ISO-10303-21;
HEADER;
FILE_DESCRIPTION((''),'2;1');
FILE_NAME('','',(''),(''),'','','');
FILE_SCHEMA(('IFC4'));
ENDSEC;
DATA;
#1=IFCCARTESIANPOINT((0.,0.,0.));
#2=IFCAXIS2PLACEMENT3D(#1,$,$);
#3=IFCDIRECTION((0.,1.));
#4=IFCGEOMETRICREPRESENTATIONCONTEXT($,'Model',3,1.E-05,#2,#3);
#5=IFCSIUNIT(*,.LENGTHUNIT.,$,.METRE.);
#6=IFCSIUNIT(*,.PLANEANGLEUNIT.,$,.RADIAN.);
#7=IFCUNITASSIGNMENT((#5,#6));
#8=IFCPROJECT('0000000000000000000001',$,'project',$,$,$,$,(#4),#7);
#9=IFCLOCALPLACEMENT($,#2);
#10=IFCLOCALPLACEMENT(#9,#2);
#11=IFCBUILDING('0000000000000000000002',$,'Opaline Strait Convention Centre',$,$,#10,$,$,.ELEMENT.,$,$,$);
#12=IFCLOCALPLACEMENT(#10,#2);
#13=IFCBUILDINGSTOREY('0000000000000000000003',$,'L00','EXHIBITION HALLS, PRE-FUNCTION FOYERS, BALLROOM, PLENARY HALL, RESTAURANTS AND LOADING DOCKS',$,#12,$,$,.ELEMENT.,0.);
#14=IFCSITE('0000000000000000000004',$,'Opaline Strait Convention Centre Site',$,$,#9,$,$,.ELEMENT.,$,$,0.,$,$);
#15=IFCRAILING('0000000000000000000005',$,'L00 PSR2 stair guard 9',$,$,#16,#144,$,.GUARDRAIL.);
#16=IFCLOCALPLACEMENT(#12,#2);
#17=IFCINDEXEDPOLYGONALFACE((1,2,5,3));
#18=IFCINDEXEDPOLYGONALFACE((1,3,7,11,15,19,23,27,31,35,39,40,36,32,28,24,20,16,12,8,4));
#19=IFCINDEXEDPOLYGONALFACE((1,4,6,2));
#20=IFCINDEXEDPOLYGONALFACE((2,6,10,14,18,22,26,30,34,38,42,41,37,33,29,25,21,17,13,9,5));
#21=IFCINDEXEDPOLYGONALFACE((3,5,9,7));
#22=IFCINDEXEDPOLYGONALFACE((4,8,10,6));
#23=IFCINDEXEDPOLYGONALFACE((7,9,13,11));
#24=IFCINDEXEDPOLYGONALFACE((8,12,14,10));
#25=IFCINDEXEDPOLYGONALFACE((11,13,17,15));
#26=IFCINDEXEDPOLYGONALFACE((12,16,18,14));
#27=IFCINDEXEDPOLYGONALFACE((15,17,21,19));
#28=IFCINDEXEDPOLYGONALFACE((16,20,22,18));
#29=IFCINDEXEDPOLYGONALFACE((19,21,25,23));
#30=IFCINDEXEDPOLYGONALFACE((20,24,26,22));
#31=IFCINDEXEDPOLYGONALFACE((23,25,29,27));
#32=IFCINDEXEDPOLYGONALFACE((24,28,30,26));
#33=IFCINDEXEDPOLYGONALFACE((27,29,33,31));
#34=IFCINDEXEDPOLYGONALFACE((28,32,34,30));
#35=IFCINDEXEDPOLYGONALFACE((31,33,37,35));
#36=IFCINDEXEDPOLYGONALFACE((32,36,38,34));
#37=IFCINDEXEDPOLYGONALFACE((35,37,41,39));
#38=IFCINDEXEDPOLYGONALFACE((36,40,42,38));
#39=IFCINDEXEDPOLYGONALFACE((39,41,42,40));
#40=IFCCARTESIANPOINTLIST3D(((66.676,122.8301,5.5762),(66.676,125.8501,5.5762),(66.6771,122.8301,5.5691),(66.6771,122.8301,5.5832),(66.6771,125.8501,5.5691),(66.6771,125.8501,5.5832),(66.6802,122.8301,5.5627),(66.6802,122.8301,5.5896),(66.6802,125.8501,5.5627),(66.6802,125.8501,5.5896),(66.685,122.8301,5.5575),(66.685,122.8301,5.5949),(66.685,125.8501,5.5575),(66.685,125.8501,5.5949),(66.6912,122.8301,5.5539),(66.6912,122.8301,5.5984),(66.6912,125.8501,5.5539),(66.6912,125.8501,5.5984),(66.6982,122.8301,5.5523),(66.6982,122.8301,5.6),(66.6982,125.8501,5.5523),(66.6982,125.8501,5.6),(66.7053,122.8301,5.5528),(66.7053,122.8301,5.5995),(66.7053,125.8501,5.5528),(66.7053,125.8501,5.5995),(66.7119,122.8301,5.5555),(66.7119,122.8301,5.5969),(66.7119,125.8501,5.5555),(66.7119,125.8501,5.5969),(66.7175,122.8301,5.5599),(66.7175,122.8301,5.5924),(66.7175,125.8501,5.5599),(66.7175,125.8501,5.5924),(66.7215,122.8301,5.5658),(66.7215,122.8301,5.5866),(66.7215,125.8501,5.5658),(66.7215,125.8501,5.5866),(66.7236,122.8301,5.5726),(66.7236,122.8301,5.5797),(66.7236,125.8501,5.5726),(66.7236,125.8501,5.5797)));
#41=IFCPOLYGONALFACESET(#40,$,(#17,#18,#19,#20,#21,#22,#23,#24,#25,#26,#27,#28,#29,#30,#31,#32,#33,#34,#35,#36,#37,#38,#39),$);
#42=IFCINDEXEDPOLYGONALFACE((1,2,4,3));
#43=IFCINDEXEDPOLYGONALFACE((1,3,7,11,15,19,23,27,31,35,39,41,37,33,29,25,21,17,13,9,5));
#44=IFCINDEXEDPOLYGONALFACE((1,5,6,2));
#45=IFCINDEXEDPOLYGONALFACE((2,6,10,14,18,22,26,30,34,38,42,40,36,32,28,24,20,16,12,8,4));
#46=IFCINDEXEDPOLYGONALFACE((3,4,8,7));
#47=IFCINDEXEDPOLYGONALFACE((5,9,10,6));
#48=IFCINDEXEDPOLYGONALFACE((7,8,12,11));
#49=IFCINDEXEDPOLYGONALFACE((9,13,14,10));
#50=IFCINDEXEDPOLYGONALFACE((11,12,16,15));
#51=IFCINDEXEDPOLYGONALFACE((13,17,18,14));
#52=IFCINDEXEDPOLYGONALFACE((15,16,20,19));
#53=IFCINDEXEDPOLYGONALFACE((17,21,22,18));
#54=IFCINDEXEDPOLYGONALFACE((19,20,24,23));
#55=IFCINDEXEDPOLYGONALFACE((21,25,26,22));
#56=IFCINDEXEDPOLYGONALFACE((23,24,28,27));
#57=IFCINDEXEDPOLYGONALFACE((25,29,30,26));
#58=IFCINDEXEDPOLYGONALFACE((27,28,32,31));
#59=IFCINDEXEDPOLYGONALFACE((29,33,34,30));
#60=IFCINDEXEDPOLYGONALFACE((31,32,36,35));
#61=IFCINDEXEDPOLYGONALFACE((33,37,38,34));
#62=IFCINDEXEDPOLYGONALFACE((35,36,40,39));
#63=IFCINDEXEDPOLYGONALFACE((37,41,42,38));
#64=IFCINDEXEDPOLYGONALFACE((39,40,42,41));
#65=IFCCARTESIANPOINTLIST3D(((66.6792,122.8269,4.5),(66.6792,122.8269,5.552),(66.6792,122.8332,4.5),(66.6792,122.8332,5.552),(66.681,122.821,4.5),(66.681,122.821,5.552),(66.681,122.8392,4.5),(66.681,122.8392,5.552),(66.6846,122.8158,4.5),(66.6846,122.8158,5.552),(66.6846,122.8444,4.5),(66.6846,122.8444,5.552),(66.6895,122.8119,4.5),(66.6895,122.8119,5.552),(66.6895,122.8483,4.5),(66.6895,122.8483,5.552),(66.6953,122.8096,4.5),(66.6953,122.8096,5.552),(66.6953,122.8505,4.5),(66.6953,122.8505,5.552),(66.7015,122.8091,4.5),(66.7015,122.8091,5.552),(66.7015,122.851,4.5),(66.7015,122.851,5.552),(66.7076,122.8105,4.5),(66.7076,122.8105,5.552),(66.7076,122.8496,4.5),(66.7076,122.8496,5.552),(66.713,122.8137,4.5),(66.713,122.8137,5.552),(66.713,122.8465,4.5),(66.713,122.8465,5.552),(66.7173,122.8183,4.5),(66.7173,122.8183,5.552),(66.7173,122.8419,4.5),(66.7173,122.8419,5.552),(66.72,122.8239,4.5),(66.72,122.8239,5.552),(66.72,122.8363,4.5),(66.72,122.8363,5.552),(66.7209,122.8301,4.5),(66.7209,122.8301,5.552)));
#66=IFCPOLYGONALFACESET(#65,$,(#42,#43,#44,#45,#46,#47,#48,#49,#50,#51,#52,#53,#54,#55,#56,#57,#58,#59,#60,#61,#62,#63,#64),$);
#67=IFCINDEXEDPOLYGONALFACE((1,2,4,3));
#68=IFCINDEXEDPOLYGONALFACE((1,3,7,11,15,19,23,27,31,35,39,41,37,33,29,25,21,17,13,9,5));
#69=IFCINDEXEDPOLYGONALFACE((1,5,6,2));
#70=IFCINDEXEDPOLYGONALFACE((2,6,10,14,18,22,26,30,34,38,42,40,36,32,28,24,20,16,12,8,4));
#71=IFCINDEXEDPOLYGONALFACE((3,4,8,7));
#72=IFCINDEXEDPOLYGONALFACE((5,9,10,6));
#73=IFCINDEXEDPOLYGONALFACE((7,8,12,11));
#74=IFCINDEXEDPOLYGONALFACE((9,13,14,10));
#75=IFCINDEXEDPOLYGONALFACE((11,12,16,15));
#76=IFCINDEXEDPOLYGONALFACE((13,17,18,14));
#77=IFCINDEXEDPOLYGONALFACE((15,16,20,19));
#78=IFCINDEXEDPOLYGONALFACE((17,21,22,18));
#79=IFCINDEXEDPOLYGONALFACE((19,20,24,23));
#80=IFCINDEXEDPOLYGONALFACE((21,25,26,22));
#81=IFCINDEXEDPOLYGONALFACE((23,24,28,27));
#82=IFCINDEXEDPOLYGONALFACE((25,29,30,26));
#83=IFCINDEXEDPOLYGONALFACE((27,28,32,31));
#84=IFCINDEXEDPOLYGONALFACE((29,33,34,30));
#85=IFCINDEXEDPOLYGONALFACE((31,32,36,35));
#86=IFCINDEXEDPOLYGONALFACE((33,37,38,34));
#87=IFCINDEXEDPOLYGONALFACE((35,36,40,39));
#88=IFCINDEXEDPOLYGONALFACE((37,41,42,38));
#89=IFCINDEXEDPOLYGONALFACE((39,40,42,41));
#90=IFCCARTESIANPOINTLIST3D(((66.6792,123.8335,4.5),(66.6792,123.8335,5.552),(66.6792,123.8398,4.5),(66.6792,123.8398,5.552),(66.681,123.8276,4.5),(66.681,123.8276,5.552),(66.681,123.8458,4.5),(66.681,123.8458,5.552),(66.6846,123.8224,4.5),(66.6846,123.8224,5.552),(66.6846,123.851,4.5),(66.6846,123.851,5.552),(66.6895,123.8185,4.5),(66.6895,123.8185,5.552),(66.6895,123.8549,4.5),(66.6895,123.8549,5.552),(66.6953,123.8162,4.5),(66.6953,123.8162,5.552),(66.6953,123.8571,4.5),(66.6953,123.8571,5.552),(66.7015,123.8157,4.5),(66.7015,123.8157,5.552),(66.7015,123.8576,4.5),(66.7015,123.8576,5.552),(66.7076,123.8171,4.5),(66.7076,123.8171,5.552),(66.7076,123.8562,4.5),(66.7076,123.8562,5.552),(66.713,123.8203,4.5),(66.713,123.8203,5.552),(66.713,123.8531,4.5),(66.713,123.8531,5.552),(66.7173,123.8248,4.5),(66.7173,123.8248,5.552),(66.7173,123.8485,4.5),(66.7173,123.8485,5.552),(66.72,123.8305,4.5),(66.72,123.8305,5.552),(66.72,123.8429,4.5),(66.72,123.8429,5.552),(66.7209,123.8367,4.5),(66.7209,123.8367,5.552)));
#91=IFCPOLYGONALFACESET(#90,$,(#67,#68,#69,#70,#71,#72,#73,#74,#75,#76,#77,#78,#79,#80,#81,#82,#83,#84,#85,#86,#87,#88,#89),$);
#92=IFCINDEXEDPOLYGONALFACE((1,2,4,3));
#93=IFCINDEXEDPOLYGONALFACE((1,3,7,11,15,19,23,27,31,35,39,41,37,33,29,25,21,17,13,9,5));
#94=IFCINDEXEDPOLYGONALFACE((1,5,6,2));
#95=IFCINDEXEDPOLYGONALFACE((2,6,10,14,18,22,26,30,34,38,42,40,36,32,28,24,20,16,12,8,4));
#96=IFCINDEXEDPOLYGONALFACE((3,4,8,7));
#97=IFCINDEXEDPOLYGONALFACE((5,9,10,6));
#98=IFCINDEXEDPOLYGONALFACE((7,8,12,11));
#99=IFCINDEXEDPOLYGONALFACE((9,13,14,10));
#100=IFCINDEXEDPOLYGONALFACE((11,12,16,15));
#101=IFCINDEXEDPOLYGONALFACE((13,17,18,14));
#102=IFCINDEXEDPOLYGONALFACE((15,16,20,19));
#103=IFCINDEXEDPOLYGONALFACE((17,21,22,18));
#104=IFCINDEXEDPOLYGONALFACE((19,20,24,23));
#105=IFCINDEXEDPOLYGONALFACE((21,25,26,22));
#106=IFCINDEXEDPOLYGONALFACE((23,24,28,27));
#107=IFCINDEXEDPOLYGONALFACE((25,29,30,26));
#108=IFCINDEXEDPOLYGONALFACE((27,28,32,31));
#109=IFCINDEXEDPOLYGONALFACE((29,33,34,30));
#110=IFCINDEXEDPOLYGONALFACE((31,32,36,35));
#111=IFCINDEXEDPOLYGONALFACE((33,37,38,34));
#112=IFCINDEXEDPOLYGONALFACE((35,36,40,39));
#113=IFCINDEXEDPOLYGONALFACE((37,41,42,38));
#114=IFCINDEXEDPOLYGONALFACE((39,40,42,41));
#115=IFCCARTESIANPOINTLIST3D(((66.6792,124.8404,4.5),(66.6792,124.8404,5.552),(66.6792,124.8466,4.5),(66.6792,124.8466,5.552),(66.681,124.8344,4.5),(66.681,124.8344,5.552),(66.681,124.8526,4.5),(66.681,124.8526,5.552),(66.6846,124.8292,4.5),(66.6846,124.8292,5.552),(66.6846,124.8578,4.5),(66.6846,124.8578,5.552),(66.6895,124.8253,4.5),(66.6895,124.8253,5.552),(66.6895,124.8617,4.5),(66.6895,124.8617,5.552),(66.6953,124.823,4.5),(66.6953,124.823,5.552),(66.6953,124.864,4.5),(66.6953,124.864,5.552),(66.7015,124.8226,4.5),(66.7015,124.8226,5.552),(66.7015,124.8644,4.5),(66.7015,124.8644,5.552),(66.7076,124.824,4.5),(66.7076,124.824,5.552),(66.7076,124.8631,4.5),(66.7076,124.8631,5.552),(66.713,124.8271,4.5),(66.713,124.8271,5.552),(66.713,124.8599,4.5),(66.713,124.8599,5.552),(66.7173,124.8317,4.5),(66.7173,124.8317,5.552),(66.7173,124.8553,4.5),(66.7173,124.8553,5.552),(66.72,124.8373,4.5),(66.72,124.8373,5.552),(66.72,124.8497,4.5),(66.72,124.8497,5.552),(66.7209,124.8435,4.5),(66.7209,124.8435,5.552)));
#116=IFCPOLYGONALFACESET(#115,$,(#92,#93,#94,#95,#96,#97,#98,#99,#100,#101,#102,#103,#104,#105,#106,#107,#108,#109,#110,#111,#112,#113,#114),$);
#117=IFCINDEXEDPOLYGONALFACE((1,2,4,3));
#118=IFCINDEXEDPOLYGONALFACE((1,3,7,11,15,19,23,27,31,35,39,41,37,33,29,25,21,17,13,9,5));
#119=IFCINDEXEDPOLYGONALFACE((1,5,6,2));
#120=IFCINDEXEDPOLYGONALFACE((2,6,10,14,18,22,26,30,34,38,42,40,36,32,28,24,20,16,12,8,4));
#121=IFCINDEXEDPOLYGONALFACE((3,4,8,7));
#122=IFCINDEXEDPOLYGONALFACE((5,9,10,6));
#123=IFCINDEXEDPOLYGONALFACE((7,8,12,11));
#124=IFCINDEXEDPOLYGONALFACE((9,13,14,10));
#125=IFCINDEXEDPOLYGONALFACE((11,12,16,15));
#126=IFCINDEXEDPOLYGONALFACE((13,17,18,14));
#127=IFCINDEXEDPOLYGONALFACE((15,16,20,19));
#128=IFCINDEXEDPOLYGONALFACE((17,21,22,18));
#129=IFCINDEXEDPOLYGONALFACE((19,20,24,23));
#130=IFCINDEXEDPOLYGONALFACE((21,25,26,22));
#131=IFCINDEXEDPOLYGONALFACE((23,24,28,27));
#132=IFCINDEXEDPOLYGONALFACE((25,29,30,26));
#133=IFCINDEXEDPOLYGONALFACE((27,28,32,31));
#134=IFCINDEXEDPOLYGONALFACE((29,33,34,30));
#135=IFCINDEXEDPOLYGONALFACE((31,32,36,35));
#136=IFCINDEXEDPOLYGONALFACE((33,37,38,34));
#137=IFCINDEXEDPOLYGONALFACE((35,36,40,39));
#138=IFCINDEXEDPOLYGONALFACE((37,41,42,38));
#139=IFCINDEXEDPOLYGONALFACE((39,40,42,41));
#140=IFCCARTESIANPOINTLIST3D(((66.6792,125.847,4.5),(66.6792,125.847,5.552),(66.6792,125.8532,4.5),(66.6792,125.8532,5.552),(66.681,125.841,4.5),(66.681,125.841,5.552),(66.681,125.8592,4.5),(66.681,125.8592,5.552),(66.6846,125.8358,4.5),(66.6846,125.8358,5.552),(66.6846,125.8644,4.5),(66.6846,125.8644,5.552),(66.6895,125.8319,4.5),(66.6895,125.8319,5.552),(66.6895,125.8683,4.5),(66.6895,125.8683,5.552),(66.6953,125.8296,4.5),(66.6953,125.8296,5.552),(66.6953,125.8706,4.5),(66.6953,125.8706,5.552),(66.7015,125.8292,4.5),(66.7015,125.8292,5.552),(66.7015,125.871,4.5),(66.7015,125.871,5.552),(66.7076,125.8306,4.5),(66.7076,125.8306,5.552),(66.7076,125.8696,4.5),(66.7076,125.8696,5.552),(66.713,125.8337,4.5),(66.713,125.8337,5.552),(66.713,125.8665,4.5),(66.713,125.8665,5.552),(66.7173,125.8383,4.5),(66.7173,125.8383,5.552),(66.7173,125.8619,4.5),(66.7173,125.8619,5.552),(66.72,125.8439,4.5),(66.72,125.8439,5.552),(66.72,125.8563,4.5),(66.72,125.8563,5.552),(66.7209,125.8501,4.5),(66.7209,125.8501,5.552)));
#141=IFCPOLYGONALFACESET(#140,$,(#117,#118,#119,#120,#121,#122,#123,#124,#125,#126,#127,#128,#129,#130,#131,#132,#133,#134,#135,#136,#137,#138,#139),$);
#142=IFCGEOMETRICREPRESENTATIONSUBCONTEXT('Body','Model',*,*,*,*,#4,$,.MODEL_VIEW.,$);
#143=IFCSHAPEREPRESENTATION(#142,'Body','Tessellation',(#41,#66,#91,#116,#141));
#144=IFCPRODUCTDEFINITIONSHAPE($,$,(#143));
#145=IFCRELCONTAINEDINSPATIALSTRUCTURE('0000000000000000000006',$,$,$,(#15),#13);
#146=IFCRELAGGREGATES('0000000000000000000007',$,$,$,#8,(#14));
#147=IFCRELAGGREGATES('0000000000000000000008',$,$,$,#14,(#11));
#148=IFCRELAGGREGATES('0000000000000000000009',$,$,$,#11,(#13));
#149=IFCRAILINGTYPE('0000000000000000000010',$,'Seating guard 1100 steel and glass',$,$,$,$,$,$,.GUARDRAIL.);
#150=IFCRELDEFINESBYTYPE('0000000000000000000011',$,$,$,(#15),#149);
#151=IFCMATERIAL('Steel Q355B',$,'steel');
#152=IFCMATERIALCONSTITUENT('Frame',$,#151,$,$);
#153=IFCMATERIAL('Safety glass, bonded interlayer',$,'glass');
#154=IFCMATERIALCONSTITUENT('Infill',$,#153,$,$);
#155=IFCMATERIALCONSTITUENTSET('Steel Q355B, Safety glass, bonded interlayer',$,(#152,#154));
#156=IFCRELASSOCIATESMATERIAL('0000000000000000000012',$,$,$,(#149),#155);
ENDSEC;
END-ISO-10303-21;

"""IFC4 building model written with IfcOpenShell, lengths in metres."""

from ifc_helpers import new_model, si_unit, direction, frame, origin, origin_2d, place, context, subcontext, project, spatial, circle, extrude, material, constituent, constituent_set, type_object, element, save


model = new_model("IFC4")

# Units and contexts
model_context = context("Model", 3, precision=1e-05, world=origin(), true_north=direction((0.0, 1.0)))
body_context = subcontext(model_context, "Body", "Model", "MODEL_VIEW")
ifc_project = project(units=[si_unit("LENGTHUNIT", "METRE"), si_unit("PLANEANGLEUNIT", "RADIAN")], contexts=[model_context])

# Site, building, storey
site_placement = place(None, origin())
site = spatial("IfcSite", under=ifc_project, at=site_placement, Name="Opaline Strait Convention Centre Site", CompositionType="ELEMENT", RefElevation=0.0)
building_placement = place(site_placement, origin())
building = spatial("IfcBuilding", under=site, at=building_placement, Name="Opaline Strait Convention Centre", CompositionType="ELEMENT")
storey_placement = place(building_placement, origin())
storey = spatial("IfcBuildingStorey", under=building, at=storey_placement, Name="L00", Description="EXHIBITION HALLS, PRE-FUNCTION FOYERS, BALLROOM, PLENARY HALL, RESTAURANTS AND LOADING DOCKS", CompositionType="ELEMENT", Elevation=0.0)

# Railing
ifc_material_1 = material(Name="Steel Q355B", Category="steel")
ifc_constituent_1 = constituent(ifc_material_1, Name="Frame")
ifc_material_2 = material(Name="Safety glass, bonded interlayer", Category="glass")
ifc_constituent_2 = constituent(ifc_material_2, Name="Infill")
ifc_constituent_set = constituent_set(constituents=[ifc_constituent_1, ifc_constituent_2], Name="Steel Q355B, Safety glass, bonded interlayer")
railing_type_1 = type_object("IfcRailingType", Name="Seating guard 1100 steel and glass", PredefinedType="GUARDRAIL", material=ifc_constituent_set)
railing_1_placement = place(storey_placement, frame((66.7, 122.8301, 4.5)))
element("IfcRailing", 1, at=railing_1_placement, inside=storey, type_object=railing_type_1, Name="L00 PSR2 stair guard 9", PredefinedType="GUARDRAIL", context=body_context, shape_type="SweptSolid", body=[
    extrude(circle(Radius=0.0239, at=origin_2d()), frame((0.0, 0.0, 1.0762), z_axis=(0.0, 1.0, 0.0), x_axis=(-1.0, 0.0, 0.0)), (0.0, 0.0, 1.0), 3.02),
    extrude(circle(Radius=0.021, at=origin_2d()), origin(), (0.0, 0.0, 1.0), 1.052),
    extrude(circle(Radius=0.021, at=origin_2d()), frame((0.0, 1.0066, 0.0)), (0.0, 0.0, 1.0), 1.052),
    extrude(circle(Radius=0.021, at=origin_2d()), frame((0.0, 2.0134, 0.0)), (0.0, 0.0, 1.0), 1.052),
    extrude(circle(Radius=0.021, at=origin_2d()), frame((0.0, 3.02, 0.0)), (0.0, 0.0, 1.0), 1.052),
])

save(model, "model.ifc")
